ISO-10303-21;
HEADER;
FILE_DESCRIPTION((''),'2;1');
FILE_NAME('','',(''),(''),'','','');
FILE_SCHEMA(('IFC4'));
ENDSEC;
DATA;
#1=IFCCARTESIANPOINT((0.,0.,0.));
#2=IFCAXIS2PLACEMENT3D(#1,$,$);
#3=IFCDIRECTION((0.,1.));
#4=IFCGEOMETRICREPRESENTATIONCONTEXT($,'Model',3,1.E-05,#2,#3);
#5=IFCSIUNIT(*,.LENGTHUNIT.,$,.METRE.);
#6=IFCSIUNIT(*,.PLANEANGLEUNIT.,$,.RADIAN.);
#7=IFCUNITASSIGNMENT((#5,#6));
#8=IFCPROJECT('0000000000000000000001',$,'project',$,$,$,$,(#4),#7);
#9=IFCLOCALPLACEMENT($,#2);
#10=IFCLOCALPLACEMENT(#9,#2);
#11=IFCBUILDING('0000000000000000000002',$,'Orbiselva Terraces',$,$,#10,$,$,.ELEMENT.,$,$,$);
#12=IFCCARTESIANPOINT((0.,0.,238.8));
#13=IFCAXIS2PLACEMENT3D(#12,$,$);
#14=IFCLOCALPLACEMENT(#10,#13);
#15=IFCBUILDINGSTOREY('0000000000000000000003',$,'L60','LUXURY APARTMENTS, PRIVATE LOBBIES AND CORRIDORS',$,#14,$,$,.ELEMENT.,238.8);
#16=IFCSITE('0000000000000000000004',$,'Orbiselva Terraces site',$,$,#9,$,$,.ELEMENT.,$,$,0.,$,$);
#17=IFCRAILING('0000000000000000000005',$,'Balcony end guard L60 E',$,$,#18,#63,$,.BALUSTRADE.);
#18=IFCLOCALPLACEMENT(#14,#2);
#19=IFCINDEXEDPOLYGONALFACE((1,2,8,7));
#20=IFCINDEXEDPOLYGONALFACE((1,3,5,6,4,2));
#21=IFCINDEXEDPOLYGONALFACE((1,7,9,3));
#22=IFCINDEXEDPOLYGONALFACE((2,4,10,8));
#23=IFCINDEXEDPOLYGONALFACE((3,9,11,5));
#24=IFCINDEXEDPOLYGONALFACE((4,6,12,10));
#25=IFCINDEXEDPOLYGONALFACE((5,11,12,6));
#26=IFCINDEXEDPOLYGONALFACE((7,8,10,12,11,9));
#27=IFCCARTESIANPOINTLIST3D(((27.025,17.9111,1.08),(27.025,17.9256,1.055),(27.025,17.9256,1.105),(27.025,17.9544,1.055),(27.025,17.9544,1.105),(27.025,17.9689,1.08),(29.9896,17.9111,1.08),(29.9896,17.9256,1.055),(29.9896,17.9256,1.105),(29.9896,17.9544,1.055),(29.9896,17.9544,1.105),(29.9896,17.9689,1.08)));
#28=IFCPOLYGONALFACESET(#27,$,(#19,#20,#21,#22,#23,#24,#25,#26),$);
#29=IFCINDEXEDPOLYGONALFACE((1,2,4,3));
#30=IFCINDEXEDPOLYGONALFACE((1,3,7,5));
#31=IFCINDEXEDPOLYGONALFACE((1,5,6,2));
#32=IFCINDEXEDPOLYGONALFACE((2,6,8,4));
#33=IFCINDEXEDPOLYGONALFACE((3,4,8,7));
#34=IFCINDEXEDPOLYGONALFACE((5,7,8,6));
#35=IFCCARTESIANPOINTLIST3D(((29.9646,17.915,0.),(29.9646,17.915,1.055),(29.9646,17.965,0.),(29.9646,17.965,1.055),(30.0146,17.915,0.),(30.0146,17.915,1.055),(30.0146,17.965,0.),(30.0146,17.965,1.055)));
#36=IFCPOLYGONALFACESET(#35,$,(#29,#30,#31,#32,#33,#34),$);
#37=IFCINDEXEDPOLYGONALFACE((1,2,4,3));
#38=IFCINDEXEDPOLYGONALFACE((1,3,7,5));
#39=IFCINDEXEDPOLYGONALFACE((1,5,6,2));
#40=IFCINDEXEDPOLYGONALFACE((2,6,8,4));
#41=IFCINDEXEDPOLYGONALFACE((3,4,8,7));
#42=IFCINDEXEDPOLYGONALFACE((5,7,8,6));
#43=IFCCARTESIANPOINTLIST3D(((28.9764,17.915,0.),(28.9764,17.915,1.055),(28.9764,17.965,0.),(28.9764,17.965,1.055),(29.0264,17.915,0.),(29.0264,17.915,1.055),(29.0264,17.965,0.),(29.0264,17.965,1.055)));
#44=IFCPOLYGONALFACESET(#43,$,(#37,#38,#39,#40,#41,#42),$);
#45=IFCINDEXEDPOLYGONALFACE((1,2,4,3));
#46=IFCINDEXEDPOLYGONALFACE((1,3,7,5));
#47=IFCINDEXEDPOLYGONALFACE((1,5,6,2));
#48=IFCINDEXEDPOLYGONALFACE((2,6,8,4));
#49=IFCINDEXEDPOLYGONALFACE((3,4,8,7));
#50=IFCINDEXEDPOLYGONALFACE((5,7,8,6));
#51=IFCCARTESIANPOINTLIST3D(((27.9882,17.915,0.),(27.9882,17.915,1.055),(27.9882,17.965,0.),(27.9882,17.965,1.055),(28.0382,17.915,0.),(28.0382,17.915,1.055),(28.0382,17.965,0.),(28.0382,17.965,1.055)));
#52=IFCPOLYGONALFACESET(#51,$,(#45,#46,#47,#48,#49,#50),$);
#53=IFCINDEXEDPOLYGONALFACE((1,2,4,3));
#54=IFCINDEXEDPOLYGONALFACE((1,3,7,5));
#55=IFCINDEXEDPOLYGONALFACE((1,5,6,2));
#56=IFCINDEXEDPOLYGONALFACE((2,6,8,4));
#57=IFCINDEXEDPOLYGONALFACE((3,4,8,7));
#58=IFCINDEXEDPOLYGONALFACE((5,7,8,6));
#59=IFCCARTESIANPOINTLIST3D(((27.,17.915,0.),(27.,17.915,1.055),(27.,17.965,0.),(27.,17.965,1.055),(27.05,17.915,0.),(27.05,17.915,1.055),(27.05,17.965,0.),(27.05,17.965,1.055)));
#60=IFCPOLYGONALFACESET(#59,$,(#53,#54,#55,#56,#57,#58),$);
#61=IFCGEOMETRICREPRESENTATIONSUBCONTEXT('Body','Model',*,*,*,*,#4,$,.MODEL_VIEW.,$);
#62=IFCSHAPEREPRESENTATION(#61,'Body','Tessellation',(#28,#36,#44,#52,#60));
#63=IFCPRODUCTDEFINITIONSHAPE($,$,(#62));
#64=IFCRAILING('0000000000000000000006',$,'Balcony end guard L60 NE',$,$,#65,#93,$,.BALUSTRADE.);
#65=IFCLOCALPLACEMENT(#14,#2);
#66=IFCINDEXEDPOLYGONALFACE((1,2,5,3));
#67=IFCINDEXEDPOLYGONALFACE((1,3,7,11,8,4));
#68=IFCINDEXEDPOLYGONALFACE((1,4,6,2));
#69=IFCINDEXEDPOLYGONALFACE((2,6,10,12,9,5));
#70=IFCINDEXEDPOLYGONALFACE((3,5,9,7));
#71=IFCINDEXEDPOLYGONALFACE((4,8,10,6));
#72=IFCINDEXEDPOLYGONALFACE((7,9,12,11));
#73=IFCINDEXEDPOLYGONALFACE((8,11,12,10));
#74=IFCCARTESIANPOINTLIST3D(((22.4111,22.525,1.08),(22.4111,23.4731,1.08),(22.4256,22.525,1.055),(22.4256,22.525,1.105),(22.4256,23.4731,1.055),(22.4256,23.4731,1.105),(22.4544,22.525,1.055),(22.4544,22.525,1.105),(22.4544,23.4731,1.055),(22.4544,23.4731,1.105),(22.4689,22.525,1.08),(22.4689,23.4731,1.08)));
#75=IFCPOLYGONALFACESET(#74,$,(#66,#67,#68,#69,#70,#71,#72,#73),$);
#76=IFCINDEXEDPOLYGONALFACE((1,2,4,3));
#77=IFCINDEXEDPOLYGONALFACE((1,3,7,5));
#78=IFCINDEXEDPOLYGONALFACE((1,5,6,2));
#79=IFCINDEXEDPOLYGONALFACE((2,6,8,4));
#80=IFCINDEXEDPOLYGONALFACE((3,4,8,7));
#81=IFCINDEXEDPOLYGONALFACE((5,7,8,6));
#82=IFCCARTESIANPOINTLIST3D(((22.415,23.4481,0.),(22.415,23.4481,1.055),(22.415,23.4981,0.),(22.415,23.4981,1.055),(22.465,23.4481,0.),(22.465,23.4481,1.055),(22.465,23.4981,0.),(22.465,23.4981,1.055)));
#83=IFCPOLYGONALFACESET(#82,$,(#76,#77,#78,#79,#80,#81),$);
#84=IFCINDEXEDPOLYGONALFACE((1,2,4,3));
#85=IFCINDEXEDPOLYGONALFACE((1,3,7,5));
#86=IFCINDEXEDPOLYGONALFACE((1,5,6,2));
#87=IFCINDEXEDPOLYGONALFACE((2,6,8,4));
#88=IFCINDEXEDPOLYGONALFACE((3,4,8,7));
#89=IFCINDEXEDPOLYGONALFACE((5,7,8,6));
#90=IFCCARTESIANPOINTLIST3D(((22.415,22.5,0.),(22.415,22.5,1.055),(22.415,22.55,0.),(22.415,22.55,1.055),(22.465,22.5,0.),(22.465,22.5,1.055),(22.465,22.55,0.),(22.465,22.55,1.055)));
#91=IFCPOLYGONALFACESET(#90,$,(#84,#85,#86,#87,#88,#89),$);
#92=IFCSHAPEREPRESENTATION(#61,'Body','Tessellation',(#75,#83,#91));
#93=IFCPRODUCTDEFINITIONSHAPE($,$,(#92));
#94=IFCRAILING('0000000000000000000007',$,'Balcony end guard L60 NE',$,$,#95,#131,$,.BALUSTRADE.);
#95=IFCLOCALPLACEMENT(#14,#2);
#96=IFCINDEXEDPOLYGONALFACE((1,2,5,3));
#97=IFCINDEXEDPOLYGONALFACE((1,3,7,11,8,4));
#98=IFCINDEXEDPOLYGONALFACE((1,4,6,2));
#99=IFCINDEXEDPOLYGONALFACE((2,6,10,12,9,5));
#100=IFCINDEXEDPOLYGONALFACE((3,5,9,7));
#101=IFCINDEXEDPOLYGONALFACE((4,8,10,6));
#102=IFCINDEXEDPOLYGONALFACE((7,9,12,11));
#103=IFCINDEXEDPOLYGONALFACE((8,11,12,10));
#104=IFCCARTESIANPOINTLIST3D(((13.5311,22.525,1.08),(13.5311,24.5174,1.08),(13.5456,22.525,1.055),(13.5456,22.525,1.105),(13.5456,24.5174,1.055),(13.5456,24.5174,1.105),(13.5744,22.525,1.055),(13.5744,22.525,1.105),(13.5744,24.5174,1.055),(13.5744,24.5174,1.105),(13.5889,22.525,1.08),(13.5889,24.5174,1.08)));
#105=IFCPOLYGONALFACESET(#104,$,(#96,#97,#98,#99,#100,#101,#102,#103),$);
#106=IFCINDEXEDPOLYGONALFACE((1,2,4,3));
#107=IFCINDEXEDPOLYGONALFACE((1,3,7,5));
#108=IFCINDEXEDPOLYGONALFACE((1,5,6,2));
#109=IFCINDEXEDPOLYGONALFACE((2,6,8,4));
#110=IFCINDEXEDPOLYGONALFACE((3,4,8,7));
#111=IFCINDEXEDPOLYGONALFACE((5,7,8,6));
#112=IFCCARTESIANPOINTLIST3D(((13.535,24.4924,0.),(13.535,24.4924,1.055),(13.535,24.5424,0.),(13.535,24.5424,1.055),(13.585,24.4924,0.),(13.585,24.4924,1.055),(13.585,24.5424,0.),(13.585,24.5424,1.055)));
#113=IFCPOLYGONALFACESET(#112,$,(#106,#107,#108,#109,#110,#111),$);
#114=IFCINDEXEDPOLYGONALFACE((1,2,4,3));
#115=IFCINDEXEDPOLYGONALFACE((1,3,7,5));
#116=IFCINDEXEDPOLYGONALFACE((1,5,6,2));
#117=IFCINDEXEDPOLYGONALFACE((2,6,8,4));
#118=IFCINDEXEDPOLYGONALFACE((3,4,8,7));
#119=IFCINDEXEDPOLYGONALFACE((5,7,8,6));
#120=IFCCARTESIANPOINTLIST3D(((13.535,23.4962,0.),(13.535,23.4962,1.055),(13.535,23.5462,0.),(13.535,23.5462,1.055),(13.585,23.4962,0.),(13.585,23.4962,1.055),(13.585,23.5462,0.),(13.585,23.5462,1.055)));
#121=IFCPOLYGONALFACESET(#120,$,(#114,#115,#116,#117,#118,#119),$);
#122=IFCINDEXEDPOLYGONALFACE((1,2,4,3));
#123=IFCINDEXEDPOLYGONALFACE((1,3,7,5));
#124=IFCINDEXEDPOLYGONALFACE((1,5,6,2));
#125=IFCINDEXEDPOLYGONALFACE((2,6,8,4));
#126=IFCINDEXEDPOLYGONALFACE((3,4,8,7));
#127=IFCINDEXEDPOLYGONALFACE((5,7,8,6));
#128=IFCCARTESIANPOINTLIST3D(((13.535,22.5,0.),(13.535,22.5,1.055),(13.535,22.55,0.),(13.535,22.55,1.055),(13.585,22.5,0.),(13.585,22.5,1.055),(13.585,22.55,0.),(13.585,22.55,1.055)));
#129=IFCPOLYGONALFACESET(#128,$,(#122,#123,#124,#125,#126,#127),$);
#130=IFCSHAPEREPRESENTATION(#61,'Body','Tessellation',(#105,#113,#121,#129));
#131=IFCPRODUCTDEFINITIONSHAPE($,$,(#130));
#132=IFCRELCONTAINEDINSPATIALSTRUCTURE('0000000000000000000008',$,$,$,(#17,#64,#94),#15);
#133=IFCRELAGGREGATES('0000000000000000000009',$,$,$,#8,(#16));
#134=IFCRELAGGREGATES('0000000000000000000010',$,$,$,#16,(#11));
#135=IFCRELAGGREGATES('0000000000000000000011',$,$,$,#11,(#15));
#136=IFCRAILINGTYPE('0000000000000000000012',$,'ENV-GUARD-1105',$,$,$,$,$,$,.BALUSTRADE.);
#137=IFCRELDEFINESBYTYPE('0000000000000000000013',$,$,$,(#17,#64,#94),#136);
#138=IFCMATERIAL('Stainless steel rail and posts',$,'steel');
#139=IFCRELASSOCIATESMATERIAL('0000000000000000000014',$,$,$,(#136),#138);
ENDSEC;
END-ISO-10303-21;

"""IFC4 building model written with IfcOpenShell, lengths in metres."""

from ifc_helpers import new_model, si_unit, direction, frame, origin, origin_2d, place, context, subcontext, project, spatial, polyline, rectangle, outline, extrude, material, type_object, element, save


model = new_model("IFC4")

# Units and contexts
model_context = context("Model", 3, precision=1e-05, world=origin(), true_north=direction((0.0, 1.0)))
body_context = subcontext(model_context, "Body", "Model", "MODEL_VIEW")
ifc_project = project(units=[si_unit("LENGTHUNIT", "METRE"), si_unit("PLANEANGLEUNIT", "RADIAN")], contexts=[model_context])

# Site, building, storey
site_placement = place(None, origin())
site = spatial("IfcSite", under=ifc_project, at=site_placement, Name="Orbiselva Terraces site", CompositionType="ELEMENT", RefElevation=0.0)
building_placement = place(site_placement, origin())
building = spatial("IfcBuilding", under=site, at=building_placement, Name="Orbiselva Terraces", CompositionType="ELEMENT")
storey_placement = place(building_placement, frame((0.0, 0.0, 238.8)))
storey = spatial("IfcBuildingStorey", under=building, at=storey_placement, Name="L60", Description="LUXURY APARTMENTS, PRIVATE LOBBIES AND CORRIDORS", CompositionType="ELEMENT", Elevation=238.8)

# Railings
ifc_material_1 = material(Name="Stainless steel rail and posts", Category="steel")
railing_type_1 = type_object("IfcRailingType", Name="ENV-GUARD-1105", PredefinedType="BALUSTRADE", material=ifc_material_1)
railing_1_placement = place(storey_placement, frame((29.9896, 17.94, 0.0)))
element("IfcRailing", 1, at=railing_1_placement, inside=storey, type_object=railing_type_1, Name="Balcony end guard L60 E", PredefinedType="BALUSTRADE", context=body_context, shape_type="SweptSolid", body=[
    extrude(outline(polyline([(0.0289, 0.0), (0.0144, 0.025), (-0.0144, 0.025), (-0.0289, 0.0), (-0.0144, -0.025), (0.0144, -0.025), (0.0289, 0.0)])), frame((0.0, 0.0, 1.08), z_axis=(-1.0, 0.0, 0.0), x_axis=(0.0, -1.0, 0.0)), (0.0, 0.0, 1.0), 2.9646),
    extrude(rectangle(XDim=0.05, YDim=0.05, at=origin_2d()), origin(), (0.0, 0.0, 1.0), 1.055),
    extrude(rectangle(XDim=0.05, YDim=0.05, at=origin_2d()), frame((-0.9882, 0.0, 0.0)), (0.0, 0.0, 1.0), 1.055),
    extrude(rectangle(XDim=0.05, YDim=0.05, at=origin_2d()), frame((-1.9764, 0.0, 0.0)), (0.0, 0.0, 1.0), 1.055),
    extrude(rectangle(XDim=0.05, YDim=0.05, at=origin_2d()), frame((-2.9646, 0.0, 0.0)), (0.0, 0.0, 1.0), 1.055),
])
railing_2_placement = place(storey_placement, frame((22.44, 23.4731, 0.0)))
element("IfcRailing", 2, at=railing_2_placement, inside=storey, type_object=railing_type_1, Name="Balcony end guard L60 NE", PredefinedType="BALUSTRADE", context=body_context, shape_type="SweptSolid", body=[
    extrude(outline(polyline([(0.0289, 0.0), (0.0144, 0.025), (-0.0144, 0.025), (-0.0289, 0.0), (-0.0144, -0.025), (0.0144, -0.025), (0.0289, 0.0)])), frame((0.0, 0.0, 1.08), z_axis=(0.0, -1.0, 0.0), x_axis=(1.0, 0.0, 0.0)), (0.0, 0.0, 1.0), 0.9481),
    extrude(rectangle(XDim=0.05, YDim=0.05, at=origin_2d()), origin(), (0.0, 0.0, 1.0), 1.055),
    extrude(rectangle(XDim=0.05, YDim=0.05, at=origin_2d()), frame((0.0, -0.9481, 0.0)), (0.0, 0.0, 1.0), 1.055),
])
railing_3_placement = place(storey_placement, frame((13.56, 24.5174, 0.0)))
element("IfcRailing", 3, at=railing_3_placement, inside=storey, type_object=railing_type_1, Name="Balcony end guard L60 NE", PredefinedType="BALUSTRADE", context=body_context, shape_type="SweptSolid", body=[
    extrude(outline(polyline([(0.0289, 0.0), (0.0144, 0.025), (-0.0144, 0.025), (-0.0289, 0.0), (-0.0144, -0.025), (0.0144, -0.025), (0.0289, 0.0)])), frame((0.0, 0.0, 1.08), z_axis=(0.0, -1.0, 0.0), x_axis=(1.0, 0.0, 0.0)), (0.0, 0.0, 1.0), 1.9924),
    extrude(rectangle(XDim=0.05, YDim=0.05, at=origin_2d()), origin(), (0.0, 0.0, 1.0), 1.055),
    extrude(rectangle(XDim=0.05, YDim=0.05, at=origin_2d()), frame((0.0, -0.9962, 0.0)), (0.0, 0.0, 1.0), 1.055),
    extrude(rectangle(XDim=0.05, YDim=0.05, at=origin_2d()), frame((0.0, -1.9924, 0.0)), (0.0, 0.0, 1.0), 1.055),
])

save(model, "model.ifc")
